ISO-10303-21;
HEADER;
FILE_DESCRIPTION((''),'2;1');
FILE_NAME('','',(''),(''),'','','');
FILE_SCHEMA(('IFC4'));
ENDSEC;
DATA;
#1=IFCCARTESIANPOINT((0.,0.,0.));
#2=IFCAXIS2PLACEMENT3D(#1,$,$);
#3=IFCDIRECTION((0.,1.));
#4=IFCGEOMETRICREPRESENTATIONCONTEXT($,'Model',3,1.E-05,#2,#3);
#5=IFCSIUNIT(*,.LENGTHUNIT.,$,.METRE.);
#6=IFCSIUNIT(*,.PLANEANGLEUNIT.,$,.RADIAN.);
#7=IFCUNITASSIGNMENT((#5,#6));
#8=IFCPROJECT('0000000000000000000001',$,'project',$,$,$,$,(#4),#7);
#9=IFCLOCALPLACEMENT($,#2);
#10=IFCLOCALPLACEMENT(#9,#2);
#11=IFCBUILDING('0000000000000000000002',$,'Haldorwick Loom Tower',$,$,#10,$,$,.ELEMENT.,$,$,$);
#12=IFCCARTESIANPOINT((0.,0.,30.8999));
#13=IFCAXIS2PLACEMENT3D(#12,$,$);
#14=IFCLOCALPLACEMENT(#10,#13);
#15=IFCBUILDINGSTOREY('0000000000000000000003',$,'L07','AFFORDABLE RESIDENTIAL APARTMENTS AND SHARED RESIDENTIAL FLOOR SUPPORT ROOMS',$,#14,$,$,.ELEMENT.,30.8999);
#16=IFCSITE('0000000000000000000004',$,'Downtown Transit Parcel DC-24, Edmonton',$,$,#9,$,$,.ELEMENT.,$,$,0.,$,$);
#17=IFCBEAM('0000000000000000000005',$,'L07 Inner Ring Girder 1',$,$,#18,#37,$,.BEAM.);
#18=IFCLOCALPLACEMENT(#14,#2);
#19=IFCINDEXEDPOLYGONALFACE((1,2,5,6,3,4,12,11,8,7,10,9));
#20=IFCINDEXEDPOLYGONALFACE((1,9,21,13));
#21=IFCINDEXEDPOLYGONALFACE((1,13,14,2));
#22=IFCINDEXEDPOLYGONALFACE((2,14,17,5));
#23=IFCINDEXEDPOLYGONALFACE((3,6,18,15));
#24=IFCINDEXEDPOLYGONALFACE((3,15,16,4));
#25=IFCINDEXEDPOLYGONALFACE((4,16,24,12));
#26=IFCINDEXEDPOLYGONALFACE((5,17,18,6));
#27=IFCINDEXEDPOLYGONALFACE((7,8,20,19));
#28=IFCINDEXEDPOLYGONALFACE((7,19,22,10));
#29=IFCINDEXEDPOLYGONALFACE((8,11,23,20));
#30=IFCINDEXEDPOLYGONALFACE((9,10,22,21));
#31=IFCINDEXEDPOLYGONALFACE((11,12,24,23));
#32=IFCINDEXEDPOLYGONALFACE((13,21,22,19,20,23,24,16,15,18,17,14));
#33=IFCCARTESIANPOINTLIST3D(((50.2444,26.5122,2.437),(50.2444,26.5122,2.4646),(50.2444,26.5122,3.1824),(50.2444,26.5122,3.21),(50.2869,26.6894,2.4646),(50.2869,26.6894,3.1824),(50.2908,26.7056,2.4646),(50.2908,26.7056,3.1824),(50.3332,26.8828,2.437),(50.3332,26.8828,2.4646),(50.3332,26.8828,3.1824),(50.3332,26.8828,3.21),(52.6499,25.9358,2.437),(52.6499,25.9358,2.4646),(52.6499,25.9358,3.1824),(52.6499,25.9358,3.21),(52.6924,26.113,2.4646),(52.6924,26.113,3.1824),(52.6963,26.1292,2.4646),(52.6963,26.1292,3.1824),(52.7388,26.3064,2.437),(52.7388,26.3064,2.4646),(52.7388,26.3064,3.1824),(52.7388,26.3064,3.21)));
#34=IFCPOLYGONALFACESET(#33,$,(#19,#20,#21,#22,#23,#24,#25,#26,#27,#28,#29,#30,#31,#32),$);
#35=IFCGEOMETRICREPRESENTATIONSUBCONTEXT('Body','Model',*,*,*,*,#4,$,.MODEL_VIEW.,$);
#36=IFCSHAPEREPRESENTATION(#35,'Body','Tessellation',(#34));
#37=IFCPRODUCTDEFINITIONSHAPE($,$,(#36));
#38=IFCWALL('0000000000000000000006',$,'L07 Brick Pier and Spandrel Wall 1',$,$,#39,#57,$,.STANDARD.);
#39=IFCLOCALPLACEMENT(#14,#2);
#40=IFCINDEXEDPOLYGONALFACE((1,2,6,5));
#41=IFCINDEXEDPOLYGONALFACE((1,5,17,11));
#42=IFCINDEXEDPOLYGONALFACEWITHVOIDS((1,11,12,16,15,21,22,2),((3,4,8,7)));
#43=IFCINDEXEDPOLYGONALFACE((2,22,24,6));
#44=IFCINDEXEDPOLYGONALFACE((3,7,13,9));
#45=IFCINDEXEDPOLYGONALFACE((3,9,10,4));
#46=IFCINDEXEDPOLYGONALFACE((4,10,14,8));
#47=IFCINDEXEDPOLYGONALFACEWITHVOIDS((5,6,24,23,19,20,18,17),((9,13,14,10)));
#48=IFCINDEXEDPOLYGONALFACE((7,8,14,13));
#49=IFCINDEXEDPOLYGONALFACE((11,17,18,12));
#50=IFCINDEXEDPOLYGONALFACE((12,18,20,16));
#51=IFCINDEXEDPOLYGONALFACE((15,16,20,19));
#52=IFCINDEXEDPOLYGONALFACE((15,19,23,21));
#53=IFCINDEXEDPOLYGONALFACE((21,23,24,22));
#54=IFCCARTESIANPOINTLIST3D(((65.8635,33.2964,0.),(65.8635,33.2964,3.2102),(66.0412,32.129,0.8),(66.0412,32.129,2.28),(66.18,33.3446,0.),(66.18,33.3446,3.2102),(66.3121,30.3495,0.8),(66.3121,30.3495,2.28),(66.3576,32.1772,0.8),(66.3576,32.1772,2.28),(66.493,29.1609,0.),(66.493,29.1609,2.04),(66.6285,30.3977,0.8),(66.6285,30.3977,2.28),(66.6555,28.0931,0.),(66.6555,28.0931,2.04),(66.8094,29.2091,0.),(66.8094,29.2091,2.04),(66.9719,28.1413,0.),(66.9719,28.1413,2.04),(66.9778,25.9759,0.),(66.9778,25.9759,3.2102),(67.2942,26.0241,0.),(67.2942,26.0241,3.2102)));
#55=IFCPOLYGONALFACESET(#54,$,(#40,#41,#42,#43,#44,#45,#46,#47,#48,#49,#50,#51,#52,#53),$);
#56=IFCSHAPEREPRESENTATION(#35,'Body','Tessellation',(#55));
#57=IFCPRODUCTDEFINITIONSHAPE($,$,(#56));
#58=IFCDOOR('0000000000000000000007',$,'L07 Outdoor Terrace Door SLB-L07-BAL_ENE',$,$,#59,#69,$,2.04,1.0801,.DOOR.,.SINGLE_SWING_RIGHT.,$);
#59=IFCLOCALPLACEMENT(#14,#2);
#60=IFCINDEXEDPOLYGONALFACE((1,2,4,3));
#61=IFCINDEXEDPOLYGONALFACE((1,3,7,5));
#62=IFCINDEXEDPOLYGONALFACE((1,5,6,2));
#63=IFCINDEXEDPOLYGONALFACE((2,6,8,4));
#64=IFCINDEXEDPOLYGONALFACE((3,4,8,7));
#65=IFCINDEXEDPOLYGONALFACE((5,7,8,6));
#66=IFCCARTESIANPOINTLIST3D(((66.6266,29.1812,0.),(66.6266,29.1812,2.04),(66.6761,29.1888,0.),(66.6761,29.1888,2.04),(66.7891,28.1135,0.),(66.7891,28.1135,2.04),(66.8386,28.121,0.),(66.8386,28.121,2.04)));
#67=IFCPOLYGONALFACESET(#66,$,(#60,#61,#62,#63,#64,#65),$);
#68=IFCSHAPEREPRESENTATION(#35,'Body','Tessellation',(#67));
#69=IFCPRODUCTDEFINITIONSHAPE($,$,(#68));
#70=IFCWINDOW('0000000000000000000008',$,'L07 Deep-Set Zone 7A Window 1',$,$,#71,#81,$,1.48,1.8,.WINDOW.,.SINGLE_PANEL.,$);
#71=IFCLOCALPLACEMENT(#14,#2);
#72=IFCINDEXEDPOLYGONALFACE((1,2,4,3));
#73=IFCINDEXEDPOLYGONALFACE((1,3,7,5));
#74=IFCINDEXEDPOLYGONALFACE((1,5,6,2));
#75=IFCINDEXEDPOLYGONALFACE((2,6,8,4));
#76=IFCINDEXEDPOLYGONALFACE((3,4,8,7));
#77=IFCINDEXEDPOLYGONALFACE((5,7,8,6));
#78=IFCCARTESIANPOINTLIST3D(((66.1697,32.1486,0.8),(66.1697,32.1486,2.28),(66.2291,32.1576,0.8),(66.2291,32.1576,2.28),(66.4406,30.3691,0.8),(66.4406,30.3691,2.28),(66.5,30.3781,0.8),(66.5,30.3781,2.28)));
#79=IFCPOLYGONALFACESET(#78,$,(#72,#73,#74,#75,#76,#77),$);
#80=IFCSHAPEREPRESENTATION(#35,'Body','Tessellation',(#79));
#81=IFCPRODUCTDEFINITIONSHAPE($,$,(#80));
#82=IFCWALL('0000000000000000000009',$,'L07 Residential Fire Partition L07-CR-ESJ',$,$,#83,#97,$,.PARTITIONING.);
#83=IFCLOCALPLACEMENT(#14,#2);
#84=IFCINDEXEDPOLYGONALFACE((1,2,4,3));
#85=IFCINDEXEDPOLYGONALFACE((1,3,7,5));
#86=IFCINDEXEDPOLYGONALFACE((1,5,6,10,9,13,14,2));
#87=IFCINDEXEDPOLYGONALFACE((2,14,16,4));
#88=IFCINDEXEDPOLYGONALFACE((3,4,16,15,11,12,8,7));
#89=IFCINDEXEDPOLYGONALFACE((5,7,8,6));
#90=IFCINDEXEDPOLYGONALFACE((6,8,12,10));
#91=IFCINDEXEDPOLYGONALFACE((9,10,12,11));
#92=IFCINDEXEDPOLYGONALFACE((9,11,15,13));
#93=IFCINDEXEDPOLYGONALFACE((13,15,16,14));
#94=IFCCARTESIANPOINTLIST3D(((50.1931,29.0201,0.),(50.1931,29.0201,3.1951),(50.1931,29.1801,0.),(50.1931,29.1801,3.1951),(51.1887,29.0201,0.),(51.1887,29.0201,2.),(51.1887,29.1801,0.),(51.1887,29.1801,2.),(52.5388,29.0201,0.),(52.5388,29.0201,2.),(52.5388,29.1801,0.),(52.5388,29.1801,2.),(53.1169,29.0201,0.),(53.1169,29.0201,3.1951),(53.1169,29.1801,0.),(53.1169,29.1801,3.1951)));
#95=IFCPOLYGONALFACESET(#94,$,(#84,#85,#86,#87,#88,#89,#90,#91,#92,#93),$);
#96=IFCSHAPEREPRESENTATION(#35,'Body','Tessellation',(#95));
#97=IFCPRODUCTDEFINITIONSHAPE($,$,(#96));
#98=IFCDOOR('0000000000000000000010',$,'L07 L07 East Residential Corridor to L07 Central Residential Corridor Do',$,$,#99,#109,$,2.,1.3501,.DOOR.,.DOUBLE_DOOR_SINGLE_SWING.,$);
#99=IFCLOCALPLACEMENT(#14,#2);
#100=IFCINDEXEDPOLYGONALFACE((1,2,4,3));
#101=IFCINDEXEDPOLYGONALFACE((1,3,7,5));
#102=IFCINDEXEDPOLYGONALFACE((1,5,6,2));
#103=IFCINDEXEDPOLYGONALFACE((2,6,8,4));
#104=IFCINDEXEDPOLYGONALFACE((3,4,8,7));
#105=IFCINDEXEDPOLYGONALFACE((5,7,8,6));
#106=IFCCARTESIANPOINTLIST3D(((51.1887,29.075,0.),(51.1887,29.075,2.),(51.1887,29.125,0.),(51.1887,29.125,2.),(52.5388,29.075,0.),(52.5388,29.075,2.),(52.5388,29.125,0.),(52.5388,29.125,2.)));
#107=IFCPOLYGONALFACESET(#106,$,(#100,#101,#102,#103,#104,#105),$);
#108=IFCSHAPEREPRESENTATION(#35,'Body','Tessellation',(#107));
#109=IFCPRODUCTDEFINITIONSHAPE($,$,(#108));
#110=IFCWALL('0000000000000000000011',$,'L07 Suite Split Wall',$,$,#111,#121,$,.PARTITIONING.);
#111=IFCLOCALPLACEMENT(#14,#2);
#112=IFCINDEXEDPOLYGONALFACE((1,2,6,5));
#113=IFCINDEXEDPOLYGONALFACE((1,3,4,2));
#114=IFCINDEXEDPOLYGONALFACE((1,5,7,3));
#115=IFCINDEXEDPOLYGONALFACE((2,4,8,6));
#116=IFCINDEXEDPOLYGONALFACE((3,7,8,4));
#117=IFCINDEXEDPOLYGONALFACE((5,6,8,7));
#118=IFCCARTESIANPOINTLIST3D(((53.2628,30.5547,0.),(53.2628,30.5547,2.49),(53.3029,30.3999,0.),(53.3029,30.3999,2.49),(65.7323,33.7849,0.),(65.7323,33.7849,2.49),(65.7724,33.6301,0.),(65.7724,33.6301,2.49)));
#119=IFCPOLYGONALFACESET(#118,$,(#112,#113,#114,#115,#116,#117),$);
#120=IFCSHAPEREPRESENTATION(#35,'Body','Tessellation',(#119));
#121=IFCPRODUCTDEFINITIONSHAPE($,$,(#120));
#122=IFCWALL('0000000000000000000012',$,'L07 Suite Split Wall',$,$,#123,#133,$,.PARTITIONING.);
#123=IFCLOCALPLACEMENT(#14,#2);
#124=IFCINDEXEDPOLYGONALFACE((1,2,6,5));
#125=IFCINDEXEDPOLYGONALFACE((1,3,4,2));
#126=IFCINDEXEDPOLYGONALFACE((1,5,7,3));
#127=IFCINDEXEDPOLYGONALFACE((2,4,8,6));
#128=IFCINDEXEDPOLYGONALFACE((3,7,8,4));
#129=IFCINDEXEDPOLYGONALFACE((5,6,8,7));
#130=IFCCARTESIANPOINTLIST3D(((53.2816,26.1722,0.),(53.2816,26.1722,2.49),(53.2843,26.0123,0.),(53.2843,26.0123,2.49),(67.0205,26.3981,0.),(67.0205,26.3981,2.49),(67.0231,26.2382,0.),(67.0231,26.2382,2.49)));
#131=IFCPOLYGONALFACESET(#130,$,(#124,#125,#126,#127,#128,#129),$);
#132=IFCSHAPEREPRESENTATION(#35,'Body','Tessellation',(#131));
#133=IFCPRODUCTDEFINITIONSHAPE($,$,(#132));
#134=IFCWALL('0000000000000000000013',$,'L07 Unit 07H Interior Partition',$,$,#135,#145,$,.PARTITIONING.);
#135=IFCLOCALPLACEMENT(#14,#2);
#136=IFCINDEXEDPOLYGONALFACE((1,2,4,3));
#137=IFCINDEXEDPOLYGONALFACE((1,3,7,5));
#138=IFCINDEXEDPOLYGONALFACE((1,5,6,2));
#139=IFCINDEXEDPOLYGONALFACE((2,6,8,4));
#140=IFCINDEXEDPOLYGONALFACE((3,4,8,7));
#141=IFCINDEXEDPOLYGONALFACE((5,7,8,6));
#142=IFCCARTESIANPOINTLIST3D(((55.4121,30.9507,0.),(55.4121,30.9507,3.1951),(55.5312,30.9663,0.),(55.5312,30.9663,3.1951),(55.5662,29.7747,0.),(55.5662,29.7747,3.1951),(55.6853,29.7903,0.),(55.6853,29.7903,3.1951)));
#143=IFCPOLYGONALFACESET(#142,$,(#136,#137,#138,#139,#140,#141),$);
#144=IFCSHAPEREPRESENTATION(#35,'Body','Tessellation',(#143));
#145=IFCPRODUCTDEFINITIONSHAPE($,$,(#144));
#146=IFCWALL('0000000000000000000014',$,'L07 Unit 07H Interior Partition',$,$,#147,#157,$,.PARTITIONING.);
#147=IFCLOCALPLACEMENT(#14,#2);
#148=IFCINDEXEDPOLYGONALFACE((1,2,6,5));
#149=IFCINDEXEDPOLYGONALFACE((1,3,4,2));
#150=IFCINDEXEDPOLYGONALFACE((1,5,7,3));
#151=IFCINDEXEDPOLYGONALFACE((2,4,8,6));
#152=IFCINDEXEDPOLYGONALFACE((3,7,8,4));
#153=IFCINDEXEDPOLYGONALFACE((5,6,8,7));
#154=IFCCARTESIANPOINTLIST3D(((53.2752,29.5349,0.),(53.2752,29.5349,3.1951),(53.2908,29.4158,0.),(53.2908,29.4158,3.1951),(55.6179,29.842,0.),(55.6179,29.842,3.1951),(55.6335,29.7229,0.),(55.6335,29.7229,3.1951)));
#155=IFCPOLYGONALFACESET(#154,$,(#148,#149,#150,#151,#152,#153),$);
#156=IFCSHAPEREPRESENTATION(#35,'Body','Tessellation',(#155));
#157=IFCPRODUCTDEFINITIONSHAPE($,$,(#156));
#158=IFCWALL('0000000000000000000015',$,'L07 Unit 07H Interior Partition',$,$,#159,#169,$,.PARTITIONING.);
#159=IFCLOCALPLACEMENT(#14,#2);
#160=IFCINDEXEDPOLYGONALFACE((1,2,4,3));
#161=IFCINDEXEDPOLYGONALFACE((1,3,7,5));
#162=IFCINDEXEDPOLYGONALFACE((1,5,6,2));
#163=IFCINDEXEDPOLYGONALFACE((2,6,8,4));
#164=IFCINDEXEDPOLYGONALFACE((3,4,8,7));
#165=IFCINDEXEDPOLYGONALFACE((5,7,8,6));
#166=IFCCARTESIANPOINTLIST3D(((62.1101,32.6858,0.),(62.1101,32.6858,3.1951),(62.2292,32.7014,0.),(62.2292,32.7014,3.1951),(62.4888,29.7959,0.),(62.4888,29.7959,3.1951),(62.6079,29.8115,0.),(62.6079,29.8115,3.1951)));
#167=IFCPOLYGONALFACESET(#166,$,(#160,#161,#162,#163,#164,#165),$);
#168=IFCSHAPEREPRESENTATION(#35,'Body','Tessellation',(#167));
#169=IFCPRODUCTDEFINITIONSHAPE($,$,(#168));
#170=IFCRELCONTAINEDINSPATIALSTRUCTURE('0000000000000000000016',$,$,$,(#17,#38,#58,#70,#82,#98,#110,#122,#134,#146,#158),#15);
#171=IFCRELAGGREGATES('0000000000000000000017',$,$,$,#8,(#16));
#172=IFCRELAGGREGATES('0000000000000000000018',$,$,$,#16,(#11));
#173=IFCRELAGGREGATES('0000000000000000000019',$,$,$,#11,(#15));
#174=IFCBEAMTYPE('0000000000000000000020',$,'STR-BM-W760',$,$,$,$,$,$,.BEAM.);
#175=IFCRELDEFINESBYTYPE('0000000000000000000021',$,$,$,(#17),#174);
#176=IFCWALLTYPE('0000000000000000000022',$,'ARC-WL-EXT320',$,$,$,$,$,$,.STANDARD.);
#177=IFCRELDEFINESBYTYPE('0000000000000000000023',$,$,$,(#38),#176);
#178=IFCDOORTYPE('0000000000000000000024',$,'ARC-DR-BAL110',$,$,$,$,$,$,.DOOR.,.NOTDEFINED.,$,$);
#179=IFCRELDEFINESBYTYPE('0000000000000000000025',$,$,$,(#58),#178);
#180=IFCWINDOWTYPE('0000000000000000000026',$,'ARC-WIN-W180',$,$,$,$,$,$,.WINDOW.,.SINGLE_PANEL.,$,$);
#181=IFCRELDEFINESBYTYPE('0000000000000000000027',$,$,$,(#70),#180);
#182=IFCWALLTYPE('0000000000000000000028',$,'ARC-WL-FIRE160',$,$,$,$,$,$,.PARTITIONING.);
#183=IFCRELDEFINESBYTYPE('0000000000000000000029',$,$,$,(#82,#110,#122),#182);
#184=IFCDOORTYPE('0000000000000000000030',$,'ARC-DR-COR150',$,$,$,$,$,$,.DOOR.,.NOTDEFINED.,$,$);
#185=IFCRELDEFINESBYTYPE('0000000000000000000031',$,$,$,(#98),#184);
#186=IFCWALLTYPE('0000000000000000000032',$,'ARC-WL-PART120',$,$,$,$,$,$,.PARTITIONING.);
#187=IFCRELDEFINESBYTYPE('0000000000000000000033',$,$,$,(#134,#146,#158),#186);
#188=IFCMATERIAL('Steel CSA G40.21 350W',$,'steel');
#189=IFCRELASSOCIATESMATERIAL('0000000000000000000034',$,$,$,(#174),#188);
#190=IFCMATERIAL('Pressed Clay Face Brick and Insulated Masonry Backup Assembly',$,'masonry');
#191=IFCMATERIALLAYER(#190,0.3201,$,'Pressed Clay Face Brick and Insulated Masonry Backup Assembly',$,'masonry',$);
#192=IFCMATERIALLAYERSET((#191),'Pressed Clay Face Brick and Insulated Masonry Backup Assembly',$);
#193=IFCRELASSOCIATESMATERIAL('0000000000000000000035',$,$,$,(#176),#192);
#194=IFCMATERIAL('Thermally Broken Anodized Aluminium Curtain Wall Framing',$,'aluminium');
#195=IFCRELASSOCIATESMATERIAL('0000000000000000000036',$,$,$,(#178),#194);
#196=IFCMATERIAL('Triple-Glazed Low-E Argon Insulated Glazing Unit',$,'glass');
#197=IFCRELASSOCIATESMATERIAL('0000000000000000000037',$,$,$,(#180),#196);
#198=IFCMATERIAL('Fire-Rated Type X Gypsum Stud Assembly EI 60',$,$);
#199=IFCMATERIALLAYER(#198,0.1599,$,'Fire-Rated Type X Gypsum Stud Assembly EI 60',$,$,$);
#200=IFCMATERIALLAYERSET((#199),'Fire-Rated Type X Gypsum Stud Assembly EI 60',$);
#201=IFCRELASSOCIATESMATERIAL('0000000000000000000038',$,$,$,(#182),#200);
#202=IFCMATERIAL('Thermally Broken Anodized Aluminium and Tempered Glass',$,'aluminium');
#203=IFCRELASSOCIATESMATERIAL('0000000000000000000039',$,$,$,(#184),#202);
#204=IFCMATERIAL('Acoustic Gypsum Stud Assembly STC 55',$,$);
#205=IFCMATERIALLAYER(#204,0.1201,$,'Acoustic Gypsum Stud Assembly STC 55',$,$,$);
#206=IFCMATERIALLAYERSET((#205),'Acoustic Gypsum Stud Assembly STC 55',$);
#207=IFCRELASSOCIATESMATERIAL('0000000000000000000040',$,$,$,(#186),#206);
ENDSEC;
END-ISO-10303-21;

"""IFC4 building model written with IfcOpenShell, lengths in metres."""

from ifc_helpers import new_model, si_unit, direction, frame, frame_2d, origin, origin_2d, place, context, subcontext, project, spatial, rectangle, i_section, extrude, material, layer, layer_set, material_profile, profile_set, type_object, element, fill, save


model = new_model("IFC4")

# Units and contexts
model_context = context("Model", 3, precision=1e-05, world=origin(), true_north=direction((0.0, 1.0)))
body_context = subcontext(model_context, "Body", "Model", "MODEL_VIEW")
ifc_project = project(units=[si_unit("LENGTHUNIT", "METRE"), si_unit("PLANEANGLEUNIT", "RADIAN")], contexts=[model_context])

# Site, building, storey
site_placement = place(None, origin())
site = spatial("IfcSite", under=ifc_project, at=site_placement, Name="Downtown Transit Parcel DC-24, Edmonton", CompositionType="ELEMENT", RefElevation=0.0)
building_placement = place(site_placement, origin())
building = spatial("IfcBuilding", under=site, at=building_placement, Name="Haldorwick Loom Tower", CompositionType="ELEMENT")
storey_placement = place(building_placement, frame((0.0, 0.0, 30.8999)))
storey = spatial("IfcBuildingStorey", under=building, at=storey_placement, Name="L07", Description="AFFORDABLE RESIDENTIAL APARTMENTS AND SHARED RESIDENTIAL FLOOR SUPPORT ROOMS", CompositionType="ELEMENT", Elevation=30.8999)

# Beam
ifc_material_1 = material(Name="Steel CSA G40.21 350W", Category="steel")
ifc_material_profile_1 = material_profile(ifc_material_1, i_section(OverallWidth=0.3811, OverallDepth=0.7729, WebThickness=0.0166, FlangeThickness=0.0276, at=origin_2d()), Name="W760X257", Category="steel")
ifc_profile_set_1 = profile_set([ifc_material_profile_1], Name="Steel CSA G40.21 350W")
beam_type_1 = type_object("IfcBeamType", Name="STR-BM-W760", PredefinedType="BEAM", material=ifc_profile_set_1)
beam_1_placement = place(storey_placement, frame((50.2888, 26.6975, 2.8235), z_axis=(0.972471, -0.233026, 0.0), x_axis=(0.233026, 0.972471, 0.0)))
element("IfcBeam", 1, at=beam_1_placement, inside=storey, type_object=beam_type_1, Name="L07 Inner Ring Girder 1", PredefinedType="BEAM", context=body_context, shape_type="SweptSolid", body=[
    extrude(i_section(OverallWidth=0.3811, OverallDepth=0.7729, WebThickness=0.0166, FlangeThickness=0.0276, at=origin_2d()), origin(), (0.0, 0.0, 1.0), 2.4736),
])

# Wall, openings, door, window
ifc_material_2 = material(Name="Pressed Clay Face Brick and Insulated Masonry Backup Assembly", Category="masonry")
ifc_layer_1 = layer(ifc_material_2, 0.3201, Name="Pressed Clay Face Brick and Insulated Masonry Backup Assembly", Category="masonry")
ifc_layer_set_1 = layer_set([ifc_layer_1], Name="Pressed Clay Face Brick and Insulated Masonry Backup Assembly")
wall_type_1 = type_object("IfcWallType", Name="ARC-WL-EXT320", PredefinedType="STANDARD", material=ifc_layer_set_1)
wall_1_placement = place(storey_placement, frame((67.136, 26.0, 0.0), z_axis=(0.0, 0.0, 1.0), x_axis=(-0.150476, 0.988614, 0.0)))
wall_1 = element("IfcWall", 2, at=wall_1_placement, inside=storey, type_object=wall_type_1, Name="L07 Brick Pier and Spandrel Wall 1", PredefinedType="STANDARD", context=body_context, shape_type="SweptSolid", body=[
    extrude(rectangle(XDim=7.4048, YDim=0.3201, at=frame_2d((3.7024, 0.0))), origin(), (0.0, 0.0, 1.0), 3.2102),
])
opening_1_placement = place(wall_1_placement, frame((2.1416, 0.0, 0.0)))
opening_1 = element("IfcOpeningElement", 3, at=opening_1_placement, cuts=wall_1, PredefinedType="OPENING", context=body_context, shape_type="SweptSolid", body=[
    extrude(rectangle(XDim=1.0801, YDim=2.04, at=frame_2d((0.54, 1.02))), frame((0.0, 0.1699, 0.0), z_axis=(0.0, -1.0, 0.0), x_axis=(1.0, 0.0, 0.0)), (0.0, 0.0, 1.0), 0.3401),
])
opening_2_placement = place(wall_1_placement, frame((4.4241, 0.0, 0.8)))
opening_2 = element("IfcOpeningElement", 4, at=opening_2_placement, cuts=wall_1, PredefinedType="OPENING", context=body_context, shape_type="SweptSolid", body=[
    extrude(rectangle(XDim=1.8, YDim=1.48, at=frame_2d((0.8999, 0.74))), frame((0.0, 0.1699, 0.0), z_axis=(0.0, -1.0, 0.0), x_axis=(1.0, 0.0, 0.0)), (0.0, 0.0, 1.0), 0.3401),
])
ifc_material_3 = material(Name="Thermally Broken Anodized Aluminium Curtain Wall Framing", Category="aluminium")
door_type_1 = type_object("IfcDoorType", Name="ARC-DR-BAL110", OperationType="NOTDEFINED", PredefinedType="DOOR", material=ifc_material_3)
door_1_placement = place(opening_1_placement, origin())
door_1 = element("IfcDoor", 5, at=door_1_placement, inside=storey, type_object=door_type_1, Name="L07 Outdoor Terrace Door SLB-L07-BAL_ENE", OperationType="SINGLE_SWING_RIGHT", OverallHeight=2.04, OverallWidth=1.0801, PredefinedType="DOOR", context=body_context, shape_type="SweptSolid", body=[
    extrude(rectangle(XDim=1.0801, YDim=2.04, at=frame_2d((0.54, 1.02))), frame((0.0, 0.0249, 0.0), z_axis=(0.0, -1.0, 0.0), x_axis=(1.0, 0.0, 0.0)), (0.0, 0.0, 1.0), 0.05),
])
fill(opening_1, door_1)
ifc_material_4 = material(Name="Triple-Glazed Low-E Argon Insulated Glazing Unit", Category="glass")
window_type = type_object("IfcWindowType", Name="ARC-WIN-W180", PartitioningType="SINGLE_PANEL", PredefinedType="WINDOW", material=ifc_material_4)
window_placement = place(opening_2_placement, origin())
window = element("IfcWindow", 6, at=window_placement, inside=storey, type_object=window_type, Name="L07 Deep-Set Zone 7A Window 1", OverallHeight=1.48, OverallWidth=1.8, PartitioningType="SINGLE_PANEL", PredefinedType="WINDOW", context=body_context, shape_type="SweptSolid", body=[
    extrude(rectangle(XDim=1.8, YDim=1.48, at=frame_2d((0.8999, 0.74))), frame((0.0, 0.03, 0.0), z_axis=(0.0, -1.0, 0.0), x_axis=(1.0, 0.0, 0.0)), (0.0, 0.0, 1.0), 0.0601),
])
fill(opening_2, window)

# Wall, opening, door
ifc_material_5 = material(Name="Fire-Rated Type X Gypsum Stud Assembly EI 60")
ifc_layer_2 = layer(ifc_material_5, 0.1599, Name="Fire-Rated Type X Gypsum Stud Assembly EI 60")
ifc_layer_set_2 = layer_set([ifc_layer_2], Name="Fire-Rated Type X Gypsum Stud Assembly EI 60")
wall_type_2 = type_object("IfcWallType", Name="ARC-WL-FIRE160", PredefinedType="PARTITIONING", material=ifc_layer_set_2)
wall_2_placement = place(storey_placement, frame((50.1931, 29.1001, 0.0), z_axis=(0.0, 0.0, 1.0), x_axis=(1.0, 0.0, 0.0)))
wall_2 = element("IfcWall", 7, at=wall_2_placement, inside=storey, type_object=wall_type_2, Name="L07 Residential Fire Partition L07-CR-ESJ", PredefinedType="PARTITIONING", context=body_context, shape_type="SweptSolid", body=[
    extrude(rectangle(XDim=2.9238, YDim=0.1599, at=frame_2d((1.4619, 0.0))), origin(), (0.0, 0.0, 1.0), 3.1951),
])
opening_3_placement = place(wall_2_placement, frame((0.9956, 0.0, 0.0)))
opening_3 = element("IfcOpeningElement", 8, at=opening_3_placement, cuts=wall_2, PredefinedType="OPENING", context=body_context, shape_type="SweptSolid", body=[
    extrude(rectangle(XDim=1.3501, YDim=2.0, at=frame_2d((0.675, 1.0))), frame((0.0, 0.0898, 0.0), z_axis=(0.0, -1.0, 0.0), x_axis=(1.0, 0.0, 0.0)), (0.0, 0.0, 1.0), 0.1799),
])
ifc_material_6 = material(Name="Thermally Broken Anodized Aluminium and Tempered Glass", Category="aluminium")
door_type_2 = type_object("IfcDoorType", Name="ARC-DR-COR150", OperationType="NOTDEFINED", PredefinedType="DOOR", material=ifc_material_6)
door_2_placement = place(opening_3_placement, origin())
door_2 = element("IfcDoor", 9, at=door_2_placement, inside=storey, type_object=door_type_2, Name="L07 L07 East Residential Corridor to L07 Central Residential Corridor Do", OperationType="DOUBLE_DOOR_SINGLE_SWING", OverallHeight=2.0, OverallWidth=1.3501, PredefinedType="DOOR", context=body_context, shape_type="SweptSolid", body=[
    extrude(rectangle(XDim=1.3501, YDim=2.0, at=frame_2d((0.675, 1.0))), frame((0.0, 0.0249, 0.0), z_axis=(0.0, -1.0, 0.0), x_axis=(1.0, 0.0, 0.0)), (0.0, 0.0, 1.0), 0.05),
])
fill(opening_3, door_2)

# Walls
wall_3_placement = place(storey_placement, frame((53.283, 30.4773, 0.0), z_axis=(0.0, 0.0, 1.0), x_axis=(0.968046, 0.250773, 0.0)))
element("IfcWall", 10, at=wall_3_placement, inside=storey, type_object=wall_type_2, Name="L07 Suite Split Wall", PredefinedType="PARTITIONING", context=body_context, shape_type="SweptSolid", body=[
    extrude(rectangle(XDim=12.8811, YDim=0.1599, at=frame_2d((6.4404, 0.0))), origin(), (0.0, 0.0, 1.0), 2.49),
])
wall_4_placement = place(storey_placement, frame((53.283, 26.0923, 0.0), z_axis=(0.0, 0.0, 1.0), x_axis=(0.999865, 0.016435, 0.0)))
element("IfcWall", 11, at=wall_4_placement, inside=storey, type_object=wall_type_2, Name="L07 Suite Split Wall", PredefinedType="PARTITIONING", context=body_context, shape_type="SweptSolid", body=[
    extrude(rectangle(XDim=13.7407, YDim=0.1599, at=frame_2d((6.8704, 0.0))), origin(), (0.0, 0.0, 1.0), 2.49),
])
ifc_material_7 = material(Name="Acoustic Gypsum Stud Assembly STC 55")
ifc_layer_3 = layer(ifc_material_7, 0.1201, Name="Acoustic Gypsum Stud Assembly STC 55")
ifc_layer_set_3 = layer_set([ifc_layer_3], Name="Acoustic Gypsum Stud Assembly STC 55")
wall_type_3 = type_object("IfcWallType", Name="ARC-WL-PART120", PredefinedType="PARTITIONING", material=ifc_layer_set_3)
wall_5_placement = place(storey_placement, frame((55.6257, 29.7825, 0.0), z_axis=(0.0, 0.0, 1.0), x_axis=(-0.129885, 0.991529, 0.0)))
element("IfcWall", 12, at=wall_5_placement, inside=storey, type_object=wall_type_3, Name="L07 Unit 07H Interior Partition", PredefinedType="PARTITIONING", context=body_context, shape_type="SweptSolid", body=[
    extrude(rectangle(XDim=1.186, YDim=0.1201, at=frame_2d((0.593, 0.0))), origin(), (0.0, 0.0, 1.0), 3.1951),
])
wall_6_placement = place(storey_placement, frame((53.283, 29.4753, 0.0), z_axis=(0.0, 0.0, 1.0), x_axis=(0.991516, 0.129984, 0.0)))
element("IfcWall", 13, at=wall_6_placement, inside=storey, type_object=wall_type_3, Name="L07 Unit 07H Interior Partition", PredefinedType="PARTITIONING", context=body_context, shape_type="SweptSolid", body=[
    extrude(rectangle(XDim=2.3628, YDim=0.1201, at=frame_2d((1.1814, 0.0))), origin(), (0.0, 0.0, 1.0), 3.1951),
])
wall_7_placement = place(storey_placement, frame((62.5483, 29.8037, 0.0), z_axis=(0.0, 0.0, 1.0), x_axis=(-0.129919, 0.991525, 0.0)))
element("IfcWall", 14, at=wall_7_placement, inside=storey, type_object=wall_type_3, Name="L07 Unit 07H Interior Partition", PredefinedType="PARTITIONING", context=body_context, shape_type="SweptSolid", body=[
    extrude(rectangle(XDim=2.9146, YDim=0.1201, at=frame_2d((1.4573, 0.0))), origin(), (0.0, 0.0, 1.0), 3.1951),
])

save(model, "model.ifc")
